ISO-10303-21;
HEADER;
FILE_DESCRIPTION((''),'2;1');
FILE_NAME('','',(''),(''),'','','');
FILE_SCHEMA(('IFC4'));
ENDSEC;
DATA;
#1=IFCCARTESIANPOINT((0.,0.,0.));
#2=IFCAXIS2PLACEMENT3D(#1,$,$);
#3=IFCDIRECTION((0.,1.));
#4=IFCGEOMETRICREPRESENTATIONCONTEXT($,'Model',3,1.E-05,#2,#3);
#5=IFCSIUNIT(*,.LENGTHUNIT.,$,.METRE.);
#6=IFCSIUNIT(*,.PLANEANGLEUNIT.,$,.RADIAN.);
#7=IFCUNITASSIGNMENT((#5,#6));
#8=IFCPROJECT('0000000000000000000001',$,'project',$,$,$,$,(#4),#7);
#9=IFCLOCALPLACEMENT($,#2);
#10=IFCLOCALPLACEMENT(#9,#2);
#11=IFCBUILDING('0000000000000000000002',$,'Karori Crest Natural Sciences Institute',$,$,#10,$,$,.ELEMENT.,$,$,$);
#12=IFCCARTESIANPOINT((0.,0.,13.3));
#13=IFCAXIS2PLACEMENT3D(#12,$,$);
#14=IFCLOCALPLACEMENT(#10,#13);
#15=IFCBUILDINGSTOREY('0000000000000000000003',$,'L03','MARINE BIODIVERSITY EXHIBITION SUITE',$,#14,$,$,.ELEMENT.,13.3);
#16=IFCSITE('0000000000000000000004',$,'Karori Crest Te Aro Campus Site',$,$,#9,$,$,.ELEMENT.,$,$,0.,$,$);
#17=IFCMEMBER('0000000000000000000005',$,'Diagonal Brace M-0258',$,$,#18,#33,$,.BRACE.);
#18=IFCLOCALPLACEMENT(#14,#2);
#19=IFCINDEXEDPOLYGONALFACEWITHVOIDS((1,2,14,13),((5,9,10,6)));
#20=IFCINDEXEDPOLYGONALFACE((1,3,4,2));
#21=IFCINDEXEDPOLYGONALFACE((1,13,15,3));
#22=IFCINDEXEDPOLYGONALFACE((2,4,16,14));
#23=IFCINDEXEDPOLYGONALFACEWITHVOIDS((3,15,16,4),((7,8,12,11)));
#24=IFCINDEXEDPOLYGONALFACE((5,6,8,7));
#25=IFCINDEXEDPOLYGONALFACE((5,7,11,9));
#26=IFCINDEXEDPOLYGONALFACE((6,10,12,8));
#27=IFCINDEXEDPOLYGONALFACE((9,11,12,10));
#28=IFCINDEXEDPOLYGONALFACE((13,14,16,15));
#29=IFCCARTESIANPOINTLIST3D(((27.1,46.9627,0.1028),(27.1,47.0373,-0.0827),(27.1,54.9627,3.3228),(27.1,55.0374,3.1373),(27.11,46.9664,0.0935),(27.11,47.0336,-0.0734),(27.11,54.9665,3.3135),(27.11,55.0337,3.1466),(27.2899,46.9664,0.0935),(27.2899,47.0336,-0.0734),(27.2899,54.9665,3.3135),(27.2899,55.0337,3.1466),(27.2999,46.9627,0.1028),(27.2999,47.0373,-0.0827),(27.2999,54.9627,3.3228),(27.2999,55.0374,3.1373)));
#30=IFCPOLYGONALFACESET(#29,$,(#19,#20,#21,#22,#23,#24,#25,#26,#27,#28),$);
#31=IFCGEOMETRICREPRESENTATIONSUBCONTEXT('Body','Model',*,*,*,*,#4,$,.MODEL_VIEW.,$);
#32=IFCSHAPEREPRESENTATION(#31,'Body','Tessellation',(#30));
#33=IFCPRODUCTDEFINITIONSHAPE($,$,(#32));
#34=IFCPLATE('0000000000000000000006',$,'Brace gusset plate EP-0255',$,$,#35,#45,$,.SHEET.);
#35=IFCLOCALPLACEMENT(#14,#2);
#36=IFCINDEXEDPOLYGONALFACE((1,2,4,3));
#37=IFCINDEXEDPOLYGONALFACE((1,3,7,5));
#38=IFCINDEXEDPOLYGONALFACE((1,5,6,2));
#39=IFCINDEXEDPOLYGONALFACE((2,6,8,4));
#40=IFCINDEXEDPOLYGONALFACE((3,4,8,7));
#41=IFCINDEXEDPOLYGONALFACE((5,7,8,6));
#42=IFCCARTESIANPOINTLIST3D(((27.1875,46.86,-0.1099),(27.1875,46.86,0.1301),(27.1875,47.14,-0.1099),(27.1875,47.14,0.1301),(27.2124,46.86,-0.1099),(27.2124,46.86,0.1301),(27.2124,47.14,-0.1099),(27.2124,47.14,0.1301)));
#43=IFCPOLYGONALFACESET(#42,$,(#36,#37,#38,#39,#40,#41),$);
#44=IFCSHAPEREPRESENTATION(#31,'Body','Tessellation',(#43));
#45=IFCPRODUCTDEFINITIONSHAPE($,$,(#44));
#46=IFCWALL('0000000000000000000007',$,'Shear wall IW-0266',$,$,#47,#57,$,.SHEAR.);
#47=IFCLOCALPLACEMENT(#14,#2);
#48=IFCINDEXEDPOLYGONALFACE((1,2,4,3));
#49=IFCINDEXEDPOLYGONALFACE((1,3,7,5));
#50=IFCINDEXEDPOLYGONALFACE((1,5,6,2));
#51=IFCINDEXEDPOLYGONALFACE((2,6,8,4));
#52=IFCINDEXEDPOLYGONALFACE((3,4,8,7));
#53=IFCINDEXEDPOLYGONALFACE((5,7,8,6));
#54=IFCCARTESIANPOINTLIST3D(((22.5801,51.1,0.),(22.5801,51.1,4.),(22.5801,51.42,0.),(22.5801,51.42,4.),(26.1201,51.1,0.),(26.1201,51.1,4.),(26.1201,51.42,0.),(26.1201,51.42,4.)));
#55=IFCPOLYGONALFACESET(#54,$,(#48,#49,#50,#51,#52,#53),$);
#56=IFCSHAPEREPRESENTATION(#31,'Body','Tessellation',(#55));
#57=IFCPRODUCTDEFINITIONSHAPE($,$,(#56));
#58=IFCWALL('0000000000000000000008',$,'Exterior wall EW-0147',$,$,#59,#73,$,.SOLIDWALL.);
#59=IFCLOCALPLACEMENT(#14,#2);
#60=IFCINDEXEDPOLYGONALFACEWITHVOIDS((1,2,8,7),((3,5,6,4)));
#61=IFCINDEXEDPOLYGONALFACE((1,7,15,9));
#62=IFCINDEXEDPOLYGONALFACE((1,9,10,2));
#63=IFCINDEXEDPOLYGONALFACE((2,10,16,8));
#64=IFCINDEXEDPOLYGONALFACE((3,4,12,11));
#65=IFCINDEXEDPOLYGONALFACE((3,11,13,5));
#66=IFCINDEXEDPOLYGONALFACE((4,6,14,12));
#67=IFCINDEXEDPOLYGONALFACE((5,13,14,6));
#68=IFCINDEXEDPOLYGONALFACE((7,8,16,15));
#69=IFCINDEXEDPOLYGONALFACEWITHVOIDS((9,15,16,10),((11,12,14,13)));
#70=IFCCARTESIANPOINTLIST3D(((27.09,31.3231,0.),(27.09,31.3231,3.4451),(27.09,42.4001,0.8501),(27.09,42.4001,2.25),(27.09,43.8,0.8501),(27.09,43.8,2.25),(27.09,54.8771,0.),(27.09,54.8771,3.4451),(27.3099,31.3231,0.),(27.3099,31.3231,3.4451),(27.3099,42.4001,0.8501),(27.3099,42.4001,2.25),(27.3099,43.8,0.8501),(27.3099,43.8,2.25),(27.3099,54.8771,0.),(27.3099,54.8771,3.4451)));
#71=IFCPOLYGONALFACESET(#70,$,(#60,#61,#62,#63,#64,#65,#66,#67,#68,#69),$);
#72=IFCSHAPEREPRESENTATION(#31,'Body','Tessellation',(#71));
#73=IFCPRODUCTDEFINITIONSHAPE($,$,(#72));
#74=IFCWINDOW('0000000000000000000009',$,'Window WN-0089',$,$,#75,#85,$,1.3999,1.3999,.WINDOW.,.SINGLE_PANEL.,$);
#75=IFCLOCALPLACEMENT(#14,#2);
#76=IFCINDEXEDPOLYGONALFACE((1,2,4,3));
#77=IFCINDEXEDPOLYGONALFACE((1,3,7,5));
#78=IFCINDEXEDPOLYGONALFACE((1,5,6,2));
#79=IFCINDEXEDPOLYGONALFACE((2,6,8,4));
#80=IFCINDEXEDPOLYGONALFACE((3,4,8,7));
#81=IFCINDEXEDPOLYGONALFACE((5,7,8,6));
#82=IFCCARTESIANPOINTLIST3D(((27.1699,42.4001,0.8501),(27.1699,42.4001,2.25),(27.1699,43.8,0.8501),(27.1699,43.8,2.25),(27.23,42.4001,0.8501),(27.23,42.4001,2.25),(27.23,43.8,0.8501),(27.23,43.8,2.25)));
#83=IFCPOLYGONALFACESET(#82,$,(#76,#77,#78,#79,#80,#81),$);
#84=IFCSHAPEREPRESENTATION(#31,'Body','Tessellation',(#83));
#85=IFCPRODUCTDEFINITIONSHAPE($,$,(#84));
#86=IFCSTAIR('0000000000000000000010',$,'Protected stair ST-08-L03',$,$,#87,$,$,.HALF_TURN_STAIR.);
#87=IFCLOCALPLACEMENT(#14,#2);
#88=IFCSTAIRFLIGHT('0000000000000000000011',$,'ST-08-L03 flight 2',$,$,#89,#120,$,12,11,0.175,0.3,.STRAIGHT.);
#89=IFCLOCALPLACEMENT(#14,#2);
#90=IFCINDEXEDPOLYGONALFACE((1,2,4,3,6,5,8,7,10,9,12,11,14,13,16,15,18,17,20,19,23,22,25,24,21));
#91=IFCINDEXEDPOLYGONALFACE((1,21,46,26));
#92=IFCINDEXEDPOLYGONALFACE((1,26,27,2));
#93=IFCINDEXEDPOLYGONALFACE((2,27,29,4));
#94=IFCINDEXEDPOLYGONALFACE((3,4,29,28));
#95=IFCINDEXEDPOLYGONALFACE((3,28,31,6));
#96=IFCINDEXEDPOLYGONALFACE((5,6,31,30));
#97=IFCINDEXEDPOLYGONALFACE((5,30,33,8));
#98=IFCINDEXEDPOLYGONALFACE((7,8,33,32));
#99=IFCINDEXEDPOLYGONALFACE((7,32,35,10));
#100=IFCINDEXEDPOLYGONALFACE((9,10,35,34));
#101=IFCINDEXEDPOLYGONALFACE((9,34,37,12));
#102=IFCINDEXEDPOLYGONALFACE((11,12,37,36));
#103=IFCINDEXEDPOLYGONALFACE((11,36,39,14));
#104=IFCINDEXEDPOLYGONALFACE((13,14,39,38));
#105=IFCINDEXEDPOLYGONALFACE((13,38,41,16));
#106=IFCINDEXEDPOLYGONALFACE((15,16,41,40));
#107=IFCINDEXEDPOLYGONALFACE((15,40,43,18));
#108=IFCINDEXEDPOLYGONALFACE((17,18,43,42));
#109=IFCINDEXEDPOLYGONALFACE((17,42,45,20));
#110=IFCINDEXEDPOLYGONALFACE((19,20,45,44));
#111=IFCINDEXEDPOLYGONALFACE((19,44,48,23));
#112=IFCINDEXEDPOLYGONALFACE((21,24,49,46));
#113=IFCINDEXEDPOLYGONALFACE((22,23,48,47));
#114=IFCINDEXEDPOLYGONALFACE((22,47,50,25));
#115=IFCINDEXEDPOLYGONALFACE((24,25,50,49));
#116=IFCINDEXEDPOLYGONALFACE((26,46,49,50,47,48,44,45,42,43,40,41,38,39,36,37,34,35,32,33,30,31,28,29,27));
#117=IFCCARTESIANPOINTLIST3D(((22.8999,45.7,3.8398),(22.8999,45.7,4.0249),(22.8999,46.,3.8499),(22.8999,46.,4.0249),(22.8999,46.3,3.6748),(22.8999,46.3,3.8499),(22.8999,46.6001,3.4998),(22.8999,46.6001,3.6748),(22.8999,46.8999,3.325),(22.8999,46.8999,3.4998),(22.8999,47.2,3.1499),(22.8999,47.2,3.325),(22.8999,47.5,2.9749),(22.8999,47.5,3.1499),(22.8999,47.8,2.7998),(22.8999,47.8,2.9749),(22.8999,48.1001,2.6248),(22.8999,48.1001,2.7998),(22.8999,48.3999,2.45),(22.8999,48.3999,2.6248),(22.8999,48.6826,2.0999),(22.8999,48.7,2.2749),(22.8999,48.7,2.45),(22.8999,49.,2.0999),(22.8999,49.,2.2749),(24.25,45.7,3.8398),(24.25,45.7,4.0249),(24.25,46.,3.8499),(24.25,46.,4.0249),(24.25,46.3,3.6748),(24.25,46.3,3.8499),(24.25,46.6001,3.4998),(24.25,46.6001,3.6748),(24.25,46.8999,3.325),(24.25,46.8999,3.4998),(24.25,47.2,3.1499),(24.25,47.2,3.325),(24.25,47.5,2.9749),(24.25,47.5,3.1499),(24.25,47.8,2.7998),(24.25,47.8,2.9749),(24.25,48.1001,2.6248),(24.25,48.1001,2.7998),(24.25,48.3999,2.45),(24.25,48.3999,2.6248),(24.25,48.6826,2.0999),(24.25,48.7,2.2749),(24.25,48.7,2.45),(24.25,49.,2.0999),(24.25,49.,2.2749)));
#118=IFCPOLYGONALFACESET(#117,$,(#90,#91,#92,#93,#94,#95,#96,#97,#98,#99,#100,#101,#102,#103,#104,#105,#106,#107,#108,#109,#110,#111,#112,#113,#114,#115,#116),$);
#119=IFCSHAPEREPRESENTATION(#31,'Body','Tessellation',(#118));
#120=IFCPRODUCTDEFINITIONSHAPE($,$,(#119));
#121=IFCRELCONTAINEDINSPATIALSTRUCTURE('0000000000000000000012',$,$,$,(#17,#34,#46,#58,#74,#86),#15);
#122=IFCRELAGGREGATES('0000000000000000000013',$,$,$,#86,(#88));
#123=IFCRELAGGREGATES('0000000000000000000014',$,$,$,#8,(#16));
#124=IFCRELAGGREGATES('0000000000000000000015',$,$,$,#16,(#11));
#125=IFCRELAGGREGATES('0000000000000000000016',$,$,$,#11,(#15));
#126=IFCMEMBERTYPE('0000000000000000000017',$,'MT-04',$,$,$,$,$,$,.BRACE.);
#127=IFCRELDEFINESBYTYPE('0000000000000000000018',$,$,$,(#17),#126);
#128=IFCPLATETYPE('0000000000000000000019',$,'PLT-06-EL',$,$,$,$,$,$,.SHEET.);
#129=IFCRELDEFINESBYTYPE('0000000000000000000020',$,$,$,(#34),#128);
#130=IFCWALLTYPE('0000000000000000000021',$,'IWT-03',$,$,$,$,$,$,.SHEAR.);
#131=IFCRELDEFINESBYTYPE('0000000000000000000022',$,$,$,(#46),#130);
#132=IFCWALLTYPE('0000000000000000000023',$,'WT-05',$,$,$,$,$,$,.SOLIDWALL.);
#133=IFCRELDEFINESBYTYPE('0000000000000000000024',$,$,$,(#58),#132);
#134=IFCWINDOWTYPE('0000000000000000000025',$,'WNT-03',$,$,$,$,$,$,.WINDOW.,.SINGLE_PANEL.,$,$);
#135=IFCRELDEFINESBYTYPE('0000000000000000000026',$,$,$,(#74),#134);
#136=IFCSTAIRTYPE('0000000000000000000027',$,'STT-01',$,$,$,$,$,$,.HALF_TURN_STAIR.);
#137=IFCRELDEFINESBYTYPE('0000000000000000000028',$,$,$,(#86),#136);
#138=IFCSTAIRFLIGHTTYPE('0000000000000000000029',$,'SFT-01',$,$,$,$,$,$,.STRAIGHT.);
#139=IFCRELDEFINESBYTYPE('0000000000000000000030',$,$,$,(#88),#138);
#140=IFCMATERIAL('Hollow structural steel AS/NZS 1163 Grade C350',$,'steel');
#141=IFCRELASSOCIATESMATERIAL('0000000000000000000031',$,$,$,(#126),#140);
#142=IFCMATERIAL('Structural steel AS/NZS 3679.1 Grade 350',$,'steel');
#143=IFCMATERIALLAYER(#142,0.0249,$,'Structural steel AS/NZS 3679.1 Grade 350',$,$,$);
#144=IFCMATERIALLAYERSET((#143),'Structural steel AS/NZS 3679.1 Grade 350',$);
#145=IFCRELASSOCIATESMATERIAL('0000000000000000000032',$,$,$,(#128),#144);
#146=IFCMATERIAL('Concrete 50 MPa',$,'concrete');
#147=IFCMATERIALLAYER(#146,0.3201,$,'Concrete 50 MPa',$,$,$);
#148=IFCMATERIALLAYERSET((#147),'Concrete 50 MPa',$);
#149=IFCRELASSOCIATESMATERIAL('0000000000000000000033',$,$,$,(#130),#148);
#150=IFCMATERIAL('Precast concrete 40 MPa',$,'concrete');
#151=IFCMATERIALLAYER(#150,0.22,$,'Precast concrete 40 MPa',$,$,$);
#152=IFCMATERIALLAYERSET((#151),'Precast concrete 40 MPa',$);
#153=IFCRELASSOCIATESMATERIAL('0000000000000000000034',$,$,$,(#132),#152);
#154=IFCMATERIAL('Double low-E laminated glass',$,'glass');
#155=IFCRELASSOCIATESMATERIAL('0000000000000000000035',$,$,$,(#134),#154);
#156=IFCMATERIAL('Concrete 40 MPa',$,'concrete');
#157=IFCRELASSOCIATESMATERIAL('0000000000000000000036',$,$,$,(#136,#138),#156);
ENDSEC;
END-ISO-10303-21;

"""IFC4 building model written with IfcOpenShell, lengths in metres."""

from ifc_helpers import new_model, si_unit, direction, frame, frame_2d, origin, origin_2d, place, context, subcontext, project, spatial, polyline, rectangle, hollow_rectangle, outline, extrude, material, layer, layer_set, material_profile, profile_set, type_object, element, fill, aggregate, save


model = new_model("IFC4")

# Units and contexts
model_context = context("Model", 3, precision=1e-05, world=origin(), true_north=direction((0.0, 1.0)))
body_context = subcontext(model_context, "Body", "Model", "MODEL_VIEW")
ifc_project = project(units=[si_unit("LENGTHUNIT", "METRE"), si_unit("PLANEANGLEUNIT", "RADIAN")], contexts=[model_context])

# Site, building, storey
site_placement = place(None, origin())
site = spatial("IfcSite", under=ifc_project, at=site_placement, Name="Karori Crest Te Aro Campus Site", CompositionType="ELEMENT", RefElevation=0.0)
building_placement = place(site_placement, origin())
building = spatial("IfcBuilding", under=site, at=building_placement, Name="Karori Crest Natural Sciences Institute", CompositionType="ELEMENT")
storey_placement = place(building_placement, frame((0.0, 0.0, 13.3)))
storey = spatial("IfcBuildingStorey", under=building, at=storey_placement, Name="L03", Description="MARINE BIODIVERSITY EXHIBITION SUITE", CompositionType="ELEMENT", Elevation=13.3)

# Shared definitions
ifc_material_1 = material(Name="Structural steel AS/NZS 3679.1 Grade 350", Category="steel")
ifc_material_2 = material(Name="Hollow structural steel AS/NZS 1163 Grade C350", Category="steel")

# Member
ifc_material_profile_1 = material_profile(ifc_material_2, hollow_rectangle(XDim=0.2, YDim=0.2, WallThickness=0.01, at=origin_2d()), Name="SHS200x200x10")
ifc_profile_set_1 = profile_set([ifc_material_profile_1], Name="Hollow structural steel AS/NZS 1163 Grade C350")
member_type_1 = type_object("IfcMemberType", Name="MT-04", PredefinedType="BRACE", material=ifc_profile_set_1)
member_1_placement = place(storey_placement, frame((27.2, 47.0, 0.01), z_axis=(0.0, 0.927676, 0.373386), x_axis=(-1.0, 0.0, 0.0)))
element("IfcMember", 1, at=member_1_placement, inside=storey, type_object=member_type_1, Name="Diagonal Brace M-0258", PredefinedType="BRACE", context=body_context, shape_type="SweptSolid", body=[
    extrude(hollow_rectangle(XDim=0.2, YDim=0.2, WallThickness=0.01, at=origin_2d()), origin(), (0.0, 0.0, 1.0), 8.6238),
])

# Plate
ifc_layer_1 = layer(ifc_material_1, 0.0249, Name="Structural steel AS/NZS 3679.1 Grade 350")
ifc_layer_set_1 = layer_set([ifc_layer_1], Name="Structural steel AS/NZS 3679.1 Grade 350")
plate_type = type_object("IfcPlateType", Name="PLT-06-EL", PredefinedType="SHEET", material=ifc_layer_set_1)
plate_placement = place(storey_placement, frame((27.2, 47.0, -0.1099), z_axis=(0.0, 0.0, 1.0), x_axis=(0.0, 1.0, 0.0)))
element("IfcPlate", 2, at=plate_placement, inside=storey, type_object=plate_type, Name="Brace gusset plate EP-0255", PredefinedType="SHEET", context=body_context, shape_type="SweptSolid", body=[
    extrude(rectangle(XDim=0.28, YDim=0.0249, at=origin_2d()), origin(), (0.0, 0.0, 1.0), 0.24),
])

# Wall
ifc_material_3 = material(Name="Concrete 50 MPa", Category="concrete")
ifc_layer_2 = layer(ifc_material_3, 0.3201, Name="Concrete 50 MPa")
ifc_layer_set_2 = layer_set([ifc_layer_2], Name="Concrete 50 MPa")
wall_type_1 = type_object("IfcWallType", Name="IWT-03", PredefinedType="SHEAR", material=ifc_layer_set_2)
wall_1_placement = place(storey_placement, frame((22.5801, 51.26, 0.0), z_axis=(0.0, 0.0, 1.0), x_axis=(1.0, 0.0, 0.0)))
element("IfcWall", 3, at=wall_1_placement, inside=storey, type_object=wall_type_1, Name="Shear wall IW-0266", PredefinedType="SHEAR", context=body_context, shape_type="SweptSolid", body=[
    extrude(rectangle(XDim=3.54, YDim=0.3201, at=frame_2d((1.77, 0.0))), origin(), (0.0, 0.0, 1.0), 4.0),
])

# Wall, opening, window
ifc_material_4 = material(Name="Precast concrete 40 MPa", Category="concrete")
ifc_layer_3 = layer(ifc_material_4, 0.22, Name="Precast concrete 40 MPa")
ifc_layer_set_3 = layer_set([ifc_layer_3], Name="Precast concrete 40 MPa")
wall_type_2 = type_object("IfcWallType", Name="WT-05", PredefinedType="SOLIDWALL", material=ifc_layer_set_3)
wall_2_placement = place(storey_placement, frame((27.2, 54.877, 0.0), z_axis=(0.0, 0.0, 1.0), x_axis=(0.0, -1.0, 0.0)))
wall_2 = element("IfcWall", 4, at=wall_2_placement, inside=storey, type_object=wall_type_2, Name="Exterior wall EW-0147", PredefinedType="SOLIDWALL", context=body_context, shape_type="SweptSolid", body=[
    extrude(rectangle(XDim=23.554, YDim=0.22, at=frame_2d((11.7769, 0.0))), origin(), (0.0, 0.0, 1.0), 3.4451),
])
opening_placement = place(wall_2_placement, frame((11.0769, 0.0, 0.8501)))
opening = element("IfcOpeningElement", 5, at=opening_placement, cuts=wall_2, PredefinedType="OPENING", context=body_context, shape_type="SweptSolid", body=[
    extrude(rectangle(XDim=1.3999, YDim=1.3999, at=frame_2d((0.7, 0.7))), frame((0.0, 0.1201, 0.0), z_axis=(0.0, -1.0, 0.0), x_axis=(1.0, 0.0, 0.0)), (0.0, 0.0, 1.0), 0.24),
])
ifc_material_5 = material(Name="Double low-E laminated glass", Category="glass")
window_type = type_object("IfcWindowType", Name="WNT-03", PartitioningType="SINGLE_PANEL", PredefinedType="WINDOW", material=ifc_material_5)
window_placement = place(opening_placement, origin())
window = element("IfcWindow", 6, at=window_placement, inside=storey, type_object=window_type, Name="Window WN-0089", OverallHeight=1.3999, OverallWidth=1.3999, PartitioningType="SINGLE_PANEL", PredefinedType="WINDOW", context=body_context, shape_type="SweptSolid", body=[
    extrude(rectangle(XDim=1.3999, YDim=1.3999, at=frame_2d((0.7, 0.7))), frame((0.0, 0.03, 0.0), z_axis=(0.0, -1.0, 0.0), x_axis=(1.0, 0.0, 0.0)), (0.0, 0.0, 1.0), 0.0601),
])
fill(opening, window)

# Stair, stair flight
ifc_material_6 = material(Name="Concrete 40 MPa", Category="concrete")
stair_type = type_object("IfcStairType", Name="STT-01", PredefinedType="HALF_TURN_STAIR", material=ifc_material_6)
stair_placement = place(storey_placement, origin())
stair = element("IfcStair", 7, at=stair_placement, inside=storey, type_object=stair_type, Name="Protected stair ST-08-L03", PredefinedType="HALF_TURN_STAIR")
stair_flight_type = type_object("IfcStairFlightType", Name="SFT-01", PredefinedType="STRAIGHT", material=ifc_material_6)
stair_flight_placement = place(storey_placement, frame((23.575, 49.0, 2.0999), z_axis=(0.0, 0.0, 1.0), x_axis=(0.0, -1.0, 0.0)))
stair_flight = element("IfcStairFlight", 8, at=stair_flight_placement, type_object=stair_flight_type, Name="ST-08-L03 flight 2", NumberOfRisers=12, NumberOfTreads=11, PredefinedType="STRAIGHT", RiserHeight=0.175, TreadLength=0.3, context=body_context, shape_type="SweptSolid", body=[
    extrude(outline(polyline([(0.0, 0.0), (0.0, 0.175), (0.3, 0.175), (0.3, 0.3501), (0.6001, 0.3501), (0.6001, 0.5249), (0.8999, 0.5249), (0.8999, 0.7), (1.2, 0.7), (1.2, 0.875), (1.5, 0.875), (1.5, 1.05), (1.8, 1.05), (1.8, 1.2251), (2.1001, 1.2251), (2.1001, 1.3999), (2.3999, 1.3999), (2.3999, 1.575), (2.7, 1.575), (2.7, 1.75), (3.0, 1.75), (3.0, 1.925), (3.3, 1.925), (3.3, 2.1001), (3.3, 1.74), (0.3174, 0.0), (0.0, 0.0)])), frame((0.0, 0.675, 0.0), z_axis=(0.0, -1.0, 0.0), x_axis=(1.0, 0.0, 0.0)), (0.0, 0.0, 1.0), 1.3501),
])
aggregate(stair, [stair_flight])

save(model, "model.ifc")
